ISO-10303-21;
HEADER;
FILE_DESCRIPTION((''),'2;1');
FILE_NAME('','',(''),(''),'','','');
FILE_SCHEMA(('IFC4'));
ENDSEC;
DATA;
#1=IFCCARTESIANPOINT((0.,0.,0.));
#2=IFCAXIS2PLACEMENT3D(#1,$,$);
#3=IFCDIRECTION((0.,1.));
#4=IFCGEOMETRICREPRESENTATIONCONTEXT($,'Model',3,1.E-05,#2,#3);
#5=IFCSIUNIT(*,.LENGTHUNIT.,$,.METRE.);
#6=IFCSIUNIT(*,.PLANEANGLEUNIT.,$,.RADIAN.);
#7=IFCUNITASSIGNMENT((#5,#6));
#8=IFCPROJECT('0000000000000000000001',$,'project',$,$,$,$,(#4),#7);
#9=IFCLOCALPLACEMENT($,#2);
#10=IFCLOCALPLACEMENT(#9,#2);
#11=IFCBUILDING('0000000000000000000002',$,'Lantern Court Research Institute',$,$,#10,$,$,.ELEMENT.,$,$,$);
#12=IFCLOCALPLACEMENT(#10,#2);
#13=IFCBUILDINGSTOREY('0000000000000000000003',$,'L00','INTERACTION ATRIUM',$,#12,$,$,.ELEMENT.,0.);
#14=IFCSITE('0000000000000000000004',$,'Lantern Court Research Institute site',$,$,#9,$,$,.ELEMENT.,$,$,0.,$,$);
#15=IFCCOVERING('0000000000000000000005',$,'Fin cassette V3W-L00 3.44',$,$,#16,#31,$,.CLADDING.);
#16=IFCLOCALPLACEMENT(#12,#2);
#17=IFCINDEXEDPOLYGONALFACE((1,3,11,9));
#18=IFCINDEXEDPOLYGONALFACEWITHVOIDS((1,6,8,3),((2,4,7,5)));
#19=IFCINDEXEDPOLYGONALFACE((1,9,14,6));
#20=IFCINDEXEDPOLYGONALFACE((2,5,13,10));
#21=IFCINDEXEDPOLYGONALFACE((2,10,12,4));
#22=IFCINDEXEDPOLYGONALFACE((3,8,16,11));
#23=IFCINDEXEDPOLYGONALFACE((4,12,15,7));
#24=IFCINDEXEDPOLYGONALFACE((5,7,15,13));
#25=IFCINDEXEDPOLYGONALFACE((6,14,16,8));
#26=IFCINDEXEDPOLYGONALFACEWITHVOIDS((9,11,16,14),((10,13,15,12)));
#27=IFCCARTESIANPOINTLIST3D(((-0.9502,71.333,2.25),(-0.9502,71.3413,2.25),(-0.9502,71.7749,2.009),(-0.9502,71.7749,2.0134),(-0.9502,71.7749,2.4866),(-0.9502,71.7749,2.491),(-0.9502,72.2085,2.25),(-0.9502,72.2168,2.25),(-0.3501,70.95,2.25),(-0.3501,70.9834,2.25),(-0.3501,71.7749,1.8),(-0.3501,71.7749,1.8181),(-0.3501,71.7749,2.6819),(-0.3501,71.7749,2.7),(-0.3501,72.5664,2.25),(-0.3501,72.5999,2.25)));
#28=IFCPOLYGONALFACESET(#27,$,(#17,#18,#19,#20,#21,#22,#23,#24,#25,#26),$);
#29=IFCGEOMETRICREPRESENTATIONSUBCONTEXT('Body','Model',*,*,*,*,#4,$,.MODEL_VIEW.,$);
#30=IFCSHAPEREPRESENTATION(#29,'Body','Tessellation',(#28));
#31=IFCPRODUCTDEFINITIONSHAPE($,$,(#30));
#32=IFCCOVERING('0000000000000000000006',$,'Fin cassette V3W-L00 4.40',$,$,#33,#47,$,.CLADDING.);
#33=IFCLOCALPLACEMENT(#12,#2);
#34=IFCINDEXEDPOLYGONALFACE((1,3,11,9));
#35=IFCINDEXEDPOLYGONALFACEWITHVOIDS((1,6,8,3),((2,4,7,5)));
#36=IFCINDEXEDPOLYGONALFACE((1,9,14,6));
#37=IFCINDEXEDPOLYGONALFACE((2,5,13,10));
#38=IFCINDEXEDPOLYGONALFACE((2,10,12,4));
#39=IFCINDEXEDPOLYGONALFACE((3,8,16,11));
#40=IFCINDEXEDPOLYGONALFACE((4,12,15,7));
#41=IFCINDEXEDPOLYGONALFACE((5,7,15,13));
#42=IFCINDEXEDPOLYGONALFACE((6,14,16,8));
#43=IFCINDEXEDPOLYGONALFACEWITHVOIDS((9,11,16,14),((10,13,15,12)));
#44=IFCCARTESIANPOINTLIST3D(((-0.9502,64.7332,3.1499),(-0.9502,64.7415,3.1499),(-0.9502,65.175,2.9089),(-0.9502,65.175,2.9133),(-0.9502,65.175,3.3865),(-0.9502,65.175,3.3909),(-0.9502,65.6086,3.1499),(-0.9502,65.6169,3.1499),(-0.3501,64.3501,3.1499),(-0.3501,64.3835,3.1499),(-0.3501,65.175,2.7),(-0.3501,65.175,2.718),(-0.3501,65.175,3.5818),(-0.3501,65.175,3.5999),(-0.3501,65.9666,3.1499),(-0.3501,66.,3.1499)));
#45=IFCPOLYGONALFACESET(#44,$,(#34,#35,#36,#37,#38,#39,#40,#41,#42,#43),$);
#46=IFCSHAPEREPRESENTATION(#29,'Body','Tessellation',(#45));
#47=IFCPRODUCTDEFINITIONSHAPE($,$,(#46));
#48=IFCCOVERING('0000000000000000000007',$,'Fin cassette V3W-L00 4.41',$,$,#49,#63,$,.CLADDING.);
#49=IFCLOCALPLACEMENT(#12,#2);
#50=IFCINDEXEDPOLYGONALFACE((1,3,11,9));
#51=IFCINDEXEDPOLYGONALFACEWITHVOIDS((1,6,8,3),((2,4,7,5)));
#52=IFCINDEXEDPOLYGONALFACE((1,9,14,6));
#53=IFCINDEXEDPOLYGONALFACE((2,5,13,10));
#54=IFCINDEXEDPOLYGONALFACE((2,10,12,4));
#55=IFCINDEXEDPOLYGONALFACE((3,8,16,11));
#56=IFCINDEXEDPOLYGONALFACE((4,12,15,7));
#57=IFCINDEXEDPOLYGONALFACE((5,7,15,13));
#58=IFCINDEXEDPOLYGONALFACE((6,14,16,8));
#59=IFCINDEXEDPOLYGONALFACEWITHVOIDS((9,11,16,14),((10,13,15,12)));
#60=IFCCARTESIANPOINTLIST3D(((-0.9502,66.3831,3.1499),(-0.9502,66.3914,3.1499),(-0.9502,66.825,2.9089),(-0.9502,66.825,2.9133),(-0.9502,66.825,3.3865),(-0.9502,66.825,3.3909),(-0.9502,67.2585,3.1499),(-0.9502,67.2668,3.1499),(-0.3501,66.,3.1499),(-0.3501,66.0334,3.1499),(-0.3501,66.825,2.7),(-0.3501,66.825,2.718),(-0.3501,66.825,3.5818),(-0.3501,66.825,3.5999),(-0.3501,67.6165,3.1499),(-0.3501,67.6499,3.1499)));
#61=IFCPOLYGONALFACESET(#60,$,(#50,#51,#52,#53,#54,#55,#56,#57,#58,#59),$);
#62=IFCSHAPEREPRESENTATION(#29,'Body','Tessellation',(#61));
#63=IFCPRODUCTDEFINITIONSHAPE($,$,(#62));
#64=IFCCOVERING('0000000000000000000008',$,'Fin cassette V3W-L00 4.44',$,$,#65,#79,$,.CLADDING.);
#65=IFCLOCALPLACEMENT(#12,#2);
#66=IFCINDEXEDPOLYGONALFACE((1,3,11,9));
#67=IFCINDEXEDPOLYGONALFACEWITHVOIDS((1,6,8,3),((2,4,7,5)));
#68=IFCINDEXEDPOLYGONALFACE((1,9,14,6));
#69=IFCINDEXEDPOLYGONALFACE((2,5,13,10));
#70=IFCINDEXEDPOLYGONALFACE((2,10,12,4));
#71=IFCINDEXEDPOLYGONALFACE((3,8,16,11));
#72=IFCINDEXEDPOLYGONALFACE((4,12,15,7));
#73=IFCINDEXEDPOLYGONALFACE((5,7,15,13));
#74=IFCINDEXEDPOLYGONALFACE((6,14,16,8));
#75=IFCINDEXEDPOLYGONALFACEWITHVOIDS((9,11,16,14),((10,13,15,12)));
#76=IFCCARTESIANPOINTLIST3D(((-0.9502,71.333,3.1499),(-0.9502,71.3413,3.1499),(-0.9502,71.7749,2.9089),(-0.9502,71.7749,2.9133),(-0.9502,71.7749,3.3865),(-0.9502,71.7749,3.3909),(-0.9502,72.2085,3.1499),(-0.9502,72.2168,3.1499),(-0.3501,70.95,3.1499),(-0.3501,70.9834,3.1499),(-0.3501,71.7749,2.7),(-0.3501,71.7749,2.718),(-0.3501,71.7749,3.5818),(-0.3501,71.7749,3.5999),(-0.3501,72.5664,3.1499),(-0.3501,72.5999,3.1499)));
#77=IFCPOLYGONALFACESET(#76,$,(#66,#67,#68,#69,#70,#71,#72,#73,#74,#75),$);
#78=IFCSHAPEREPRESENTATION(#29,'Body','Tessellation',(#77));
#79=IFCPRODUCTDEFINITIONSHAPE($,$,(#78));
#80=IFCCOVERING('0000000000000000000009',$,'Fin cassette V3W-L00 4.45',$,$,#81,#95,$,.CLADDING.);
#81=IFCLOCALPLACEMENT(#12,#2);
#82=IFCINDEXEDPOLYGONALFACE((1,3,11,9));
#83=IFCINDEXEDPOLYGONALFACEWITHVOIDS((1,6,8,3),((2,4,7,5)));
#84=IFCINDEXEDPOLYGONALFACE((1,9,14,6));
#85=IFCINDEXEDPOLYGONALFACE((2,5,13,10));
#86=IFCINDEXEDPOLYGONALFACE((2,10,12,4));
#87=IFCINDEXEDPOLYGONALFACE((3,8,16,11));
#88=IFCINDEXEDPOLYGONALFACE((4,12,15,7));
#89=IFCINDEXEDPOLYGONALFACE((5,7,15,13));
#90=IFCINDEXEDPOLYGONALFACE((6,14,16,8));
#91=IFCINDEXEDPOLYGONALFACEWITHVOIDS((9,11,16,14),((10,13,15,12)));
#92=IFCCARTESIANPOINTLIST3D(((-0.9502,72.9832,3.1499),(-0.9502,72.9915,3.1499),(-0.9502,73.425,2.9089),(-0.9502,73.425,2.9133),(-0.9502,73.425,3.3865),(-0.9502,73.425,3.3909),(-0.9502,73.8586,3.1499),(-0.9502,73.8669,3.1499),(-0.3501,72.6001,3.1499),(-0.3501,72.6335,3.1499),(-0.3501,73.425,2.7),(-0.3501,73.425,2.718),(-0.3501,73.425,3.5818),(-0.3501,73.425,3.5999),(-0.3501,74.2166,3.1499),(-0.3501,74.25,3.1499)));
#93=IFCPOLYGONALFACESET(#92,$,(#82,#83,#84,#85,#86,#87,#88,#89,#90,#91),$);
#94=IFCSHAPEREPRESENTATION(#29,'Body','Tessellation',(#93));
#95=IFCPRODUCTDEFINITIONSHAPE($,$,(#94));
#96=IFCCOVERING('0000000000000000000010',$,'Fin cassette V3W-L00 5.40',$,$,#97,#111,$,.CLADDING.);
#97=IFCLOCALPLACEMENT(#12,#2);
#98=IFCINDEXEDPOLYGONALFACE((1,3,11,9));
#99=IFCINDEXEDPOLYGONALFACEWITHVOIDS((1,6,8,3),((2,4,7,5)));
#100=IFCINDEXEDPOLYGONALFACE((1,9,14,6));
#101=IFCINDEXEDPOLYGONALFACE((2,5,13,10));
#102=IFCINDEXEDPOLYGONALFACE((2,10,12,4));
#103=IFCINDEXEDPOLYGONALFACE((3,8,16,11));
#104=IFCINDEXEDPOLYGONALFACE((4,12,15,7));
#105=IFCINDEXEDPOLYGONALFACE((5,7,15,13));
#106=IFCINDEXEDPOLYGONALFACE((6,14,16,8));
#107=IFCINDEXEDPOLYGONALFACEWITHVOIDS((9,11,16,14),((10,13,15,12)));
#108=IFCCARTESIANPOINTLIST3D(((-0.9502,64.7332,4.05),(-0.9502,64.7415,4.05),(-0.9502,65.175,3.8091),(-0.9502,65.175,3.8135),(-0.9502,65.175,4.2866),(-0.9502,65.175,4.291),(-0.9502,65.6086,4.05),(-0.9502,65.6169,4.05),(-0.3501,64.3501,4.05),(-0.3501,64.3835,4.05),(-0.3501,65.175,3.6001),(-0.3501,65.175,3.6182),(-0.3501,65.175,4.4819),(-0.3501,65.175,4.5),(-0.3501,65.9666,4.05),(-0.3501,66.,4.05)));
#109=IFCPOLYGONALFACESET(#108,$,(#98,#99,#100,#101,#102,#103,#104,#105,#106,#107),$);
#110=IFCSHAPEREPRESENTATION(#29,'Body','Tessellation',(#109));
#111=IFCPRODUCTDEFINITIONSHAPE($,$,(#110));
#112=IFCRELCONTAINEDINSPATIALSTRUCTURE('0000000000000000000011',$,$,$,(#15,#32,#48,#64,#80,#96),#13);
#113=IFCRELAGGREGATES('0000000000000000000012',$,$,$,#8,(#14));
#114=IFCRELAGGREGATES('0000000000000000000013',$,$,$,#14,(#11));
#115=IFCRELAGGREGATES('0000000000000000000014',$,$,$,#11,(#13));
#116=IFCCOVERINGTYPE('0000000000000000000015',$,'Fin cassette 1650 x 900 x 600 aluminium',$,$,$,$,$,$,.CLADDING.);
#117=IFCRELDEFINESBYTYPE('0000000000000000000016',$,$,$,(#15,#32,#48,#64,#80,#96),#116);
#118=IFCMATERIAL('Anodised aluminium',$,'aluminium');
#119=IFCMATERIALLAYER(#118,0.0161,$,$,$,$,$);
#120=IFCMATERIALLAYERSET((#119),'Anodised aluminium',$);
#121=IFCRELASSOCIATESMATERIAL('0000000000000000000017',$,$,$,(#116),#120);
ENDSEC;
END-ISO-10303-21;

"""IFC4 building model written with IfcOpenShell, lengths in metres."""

from ifc_helpers import new_model, entity, si_unit, direction, frame, origin, place, context, subcontext, project, spatial, material, layer, layer_set, type_object, element, save


model = new_model("IFC4")

# Units and contexts
model_context = context("Model", 3, precision=1e-05, world=origin(), true_north=direction((0.0, 1.0)))
body_context = subcontext(model_context, "Body", "Model", "MODEL_VIEW")
ifc_project = project(units=[si_unit("LENGTHUNIT", "METRE"), si_unit("PLANEANGLEUNIT", "RADIAN")], contexts=[model_context])

# Site, building, storey
site_placement = place(None, origin())
site = spatial("IfcSite", under=ifc_project, at=site_placement, Name="Lantern Court Research Institute site", CompositionType="ELEMENT", RefElevation=0.0)
building_placement = place(site_placement, origin())
building = spatial("IfcBuilding", under=site, at=building_placement, Name="Lantern Court Research Institute", CompositionType="ELEMENT")
storey_placement = place(building_placement, origin())
storey = spatial("IfcBuildingStorey", under=building, at=storey_placement, Name="L00", Description="INTERACTION ATRIUM", CompositionType="ELEMENT", Elevation=0.0)

# Coverings
ifc_material_1 = material(Name="Anodised aluminium", Category="aluminium")
ifc_layer_1 = layer(ifc_material_1, 0.0161)
ifc_layer_set_1 = layer_set([ifc_layer_1], Name="Anodised aluminium")
covering_type_1 = type_object("IfcCoveringType", Name="Fin cassette 1650 x 900 x 600 aluminium", PredefinedType="CLADDING", material=ifc_layer_set_1)
covering_1_placement = place(storey_placement, frame((-0.3501, 71.7749, 2.25), z_axis=(-1.0, 0.0, 0.0), x_axis=(0.0, -1.0, 0.0)))
cartesian_point_1 = entity("IfcCartesianPoint", [0.825, 0.0])
cartesian_point_2 = entity("IfcCartesianPoint", [0.7915, 0.0])
cartesian_point_3 = entity("IfcCartesianPoint", [0.4419, 0.0])
cartesian_point_4 = entity("IfcCartesianPoint", [0.4336, 0.0])
element("IfcCovering", 1, at=covering_1_placement, inside=storey, type_object=covering_type_1, Name="Fin cassette V3W-L00 3.44", PredefinedType="CLADDING", context=body_context, shape_type="SweptSolid", body=[
    entity("IfcExtrudedAreaSolidTapered", entity("IfcArbitraryProfileDefWithVoids", "AREA", None, entity("IfcPolyline", [cartesian_point_1, entity("IfcCartesianPoint", [0.0, 0.45]), entity("IfcCartesianPoint", [-0.825, 0.0]), entity("IfcCartesianPoint", [0.0, -0.45]), cartesian_point_1]), [entity("IfcPolyline", [cartesian_point_2, entity("IfcCartesianPoint", [0.0, 0.4319]), entity("IfcCartesianPoint", [-0.7915, 0.0]), entity("IfcCartesianPoint", [0.0, -0.4319]), cartesian_point_2])]), entity("IfcAxis2Placement3D", entity("IfcCartesianPoint", [0.0, 0.0, 0.0])), entity("IfcDirection", [0.0, 0.0, 1.0]), 0.6001, entity("IfcArbitraryProfileDefWithVoids", "AREA", None, entity("IfcPolyline", [cartesian_point_3, entity("IfcCartesianPoint", [0.0, 0.241]), entity("IfcCartesianPoint", [-0.4419, 0.0]), entity("IfcCartesianPoint", [0.0, -0.241]), cartesian_point_3]), [entity("IfcPolyline", [cartesian_point_4, entity("IfcCartesianPoint", [0.0, 0.2366]), entity("IfcCartesianPoint", [-0.4336, 0.0]), entity("IfcCartesianPoint", [0.0, -0.2366]), cartesian_point_4])])),
])
covering_2_placement = place(storey_placement, frame((-0.3501, 65.175, 3.1499), z_axis=(-1.0, 0.0, 0.0), x_axis=(0.0, -1.0, 0.0)))
cartesian_point_5 = entity("IfcCartesianPoint", [0.825, 0.0])
cartesian_point_6 = entity("IfcCartesianPoint", [0.7915, 0.0])
cartesian_point_7 = entity("IfcCartesianPoint", [0.4419, 0.0])
cartesian_point_8 = entity("IfcCartesianPoint", [0.4336, 0.0])
element("IfcCovering", 2, at=covering_2_placement, inside=storey, type_object=covering_type_1, Name="Fin cassette V3W-L00 4.40", PredefinedType="CLADDING", context=body_context, shape_type="SweptSolid", body=[
    entity("IfcExtrudedAreaSolidTapered", entity("IfcArbitraryProfileDefWithVoids", "AREA", None, entity("IfcPolyline", [cartesian_point_5, entity("IfcCartesianPoint", [0.0, 0.45]), entity("IfcCartesianPoint", [-0.825, 0.0]), entity("IfcCartesianPoint", [0.0, -0.45]), cartesian_point_5]), [entity("IfcPolyline", [cartesian_point_6, entity("IfcCartesianPoint", [0.0, 0.4319]), entity("IfcCartesianPoint", [-0.7915, 0.0]), entity("IfcCartesianPoint", [0.0, -0.4319]), cartesian_point_6])]), entity("IfcAxis2Placement3D", entity("IfcCartesianPoint", [0.0, 0.0, 0.0])), entity("IfcDirection", [0.0, 0.0, 1.0]), 0.6001, entity("IfcArbitraryProfileDefWithVoids", "AREA", None, entity("IfcPolyline", [cartesian_point_7, entity("IfcCartesianPoint", [0.0, 0.241]), entity("IfcCartesianPoint", [-0.4419, 0.0]), entity("IfcCartesianPoint", [0.0, -0.241]), cartesian_point_7]), [entity("IfcPolyline", [cartesian_point_8, entity("IfcCartesianPoint", [0.0, 0.2366]), entity("IfcCartesianPoint", [-0.4336, 0.0]), entity("IfcCartesianPoint", [0.0, -0.2366]), cartesian_point_8])])),
])
covering_3_placement = place(storey_placement, frame((-0.3501, 66.825, 3.1499), z_axis=(-1.0, 0.0, 0.0), x_axis=(0.0, -1.0, 0.0)))
cartesian_point_9 = entity("IfcCartesianPoint", [0.825, 0.0])
cartesian_point_10 = entity("IfcCartesianPoint", [0.7915, 0.0])
cartesian_point_11 = entity("IfcCartesianPoint", [0.4419, 0.0])
cartesian_point_12 = entity("IfcCartesianPoint", [0.4336, 0.0])
element("IfcCovering", 3, at=covering_3_placement, inside=storey, type_object=covering_type_1, Name="Fin cassette V3W-L00 4.41", PredefinedType="CLADDING", context=body_context, shape_type="SweptSolid", body=[
    entity("IfcExtrudedAreaSolidTapered", entity("IfcArbitraryProfileDefWithVoids", "AREA", None, entity("IfcPolyline", [cartesian_point_9, entity("IfcCartesianPoint", [0.0, 0.45]), entity("IfcCartesianPoint", [-0.825, 0.0]), entity("IfcCartesianPoint", [0.0, -0.45]), cartesian_point_9]), [entity("IfcPolyline", [cartesian_point_10, entity("IfcCartesianPoint", [0.0, 0.4319]), entity("IfcCartesianPoint", [-0.7915, 0.0]), entity("IfcCartesianPoint", [0.0, -0.4319]), cartesian_point_10])]), entity("IfcAxis2Placement3D", entity("IfcCartesianPoint", [0.0, 0.0, 0.0])), entity("IfcDirection", [0.0, 0.0, 1.0]), 0.6001, entity("IfcArbitraryProfileDefWithVoids", "AREA", None, entity("IfcPolyline", [cartesian_point_11, entity("IfcCartesianPoint", [0.0, 0.241]), entity("IfcCartesianPoint", [-0.4419, 0.0]), entity("IfcCartesianPoint", [0.0, -0.241]), cartesian_point_11]), [entity("IfcPolyline", [cartesian_point_12, entity("IfcCartesianPoint", [0.0, 0.2366]), entity("IfcCartesianPoint", [-0.4336, 0.0]), entity("IfcCartesianPoint", [0.0, -0.2366]), cartesian_point_12])])),
])
covering_4_placement = place(storey_placement, frame((-0.3501, 71.7749, 3.1499), z_axis=(-1.0, 0.0, 0.0), x_axis=(0.0, -1.0, 0.0)))
cartesian_point_13 = entity("IfcCartesianPoint", [0.825, 0.0])
cartesian_point_14 = entity("IfcCartesianPoint", [0.7915, 0.0])
cartesian_point_15 = entity("IfcCartesianPoint", [0.4419, 0.0])
cartesian_point_16 = entity("IfcCartesianPoint", [0.4336, 0.0])
element("IfcCovering", 4, at=covering_4_placement, inside=storey, type_object=covering_type_1, Name="Fin cassette V3W-L00 4.44", PredefinedType="CLADDING", context=body_context, shape_type="SweptSolid", body=[
    entity("IfcExtrudedAreaSolidTapered", entity("IfcArbitraryProfileDefWithVoids", "AREA", None, entity("IfcPolyline", [cartesian_point_13, entity("IfcCartesianPoint", [0.0, 0.45]), entity("IfcCartesianPoint", [-0.825, 0.0]), entity("IfcCartesianPoint", [0.0, -0.45]), cartesian_point_13]), [entity("IfcPolyline", [cartesian_point_14, entity("IfcCartesianPoint", [0.0, 0.4319]), entity("IfcCartesianPoint", [-0.7915, 0.0]), entity("IfcCartesianPoint", [0.0, -0.4319]), cartesian_point_14])]), entity("IfcAxis2Placement3D", entity("IfcCartesianPoint", [0.0, 0.0, 0.0])), entity("IfcDirection", [0.0, 0.0, 1.0]), 0.6001, entity("IfcArbitraryProfileDefWithVoids", "AREA", None, entity("IfcPolyline", [cartesian_point_15, entity("IfcCartesianPoint", [0.0, 0.241]), entity("IfcCartesianPoint", [-0.4419, 0.0]), entity("IfcCartesianPoint", [0.0, -0.241]), cartesian_point_15]), [entity("IfcPolyline", [cartesian_point_16, entity("IfcCartesianPoint", [0.0, 0.2366]), entity("IfcCartesianPoint", [-0.4336, 0.0]), entity("IfcCartesianPoint", [0.0, -0.2366]), cartesian_point_16])])),
])
covering_5_placement = place(storey_placement, frame((-0.3501, 73.425, 3.1499), z_axis=(-1.0, 0.0, 0.0), x_axis=(0.0, -1.0, 0.0)))
cartesian_point_17 = entity("IfcCartesianPoint", [0.825, 0.0])
cartesian_point_18 = entity("IfcCartesianPoint", [0.7915, 0.0])
cartesian_point_19 = entity("IfcCartesianPoint", [0.4419, 0.0])
cartesian_point_20 = entity("IfcCartesianPoint", [0.4336, 0.0])
element("IfcCovering", 5, at=covering_5_placement, inside=storey, type_object=covering_type_1, Name="Fin cassette V3W-L00 4.45", PredefinedType="CLADDING", context=body_context, shape_type="SweptSolid", body=[
    entity("IfcExtrudedAreaSolidTapered", entity("IfcArbitraryProfileDefWithVoids", "AREA", None, entity("IfcPolyline", [cartesian_point_17, entity("IfcCartesianPoint", [0.0, 0.45]), entity("IfcCartesianPoint", [-0.825, 0.0]), entity("IfcCartesianPoint", [0.0, -0.45]), cartesian_point_17]), [entity("IfcPolyline", [cartesian_point_18, entity("IfcCartesianPoint", [0.0, 0.4319]), entity("IfcCartesianPoint", [-0.7915, 0.0]), entity("IfcCartesianPoint", [0.0, -0.4319]), cartesian_point_18])]), entity("IfcAxis2Placement3D", entity("IfcCartesianPoint", [0.0, 0.0, 0.0])), entity("IfcDirection", [0.0, 0.0, 1.0]), 0.6001, entity("IfcArbitraryProfileDefWithVoids", "AREA", None, entity("IfcPolyline", [cartesian_point_19, entity("IfcCartesianPoint", [0.0, 0.241]), entity("IfcCartesianPoint", [-0.4419, 0.0]), entity("IfcCartesianPoint", [0.0, -0.241]), cartesian_point_19]), [entity("IfcPolyline", [cartesian_point_20, entity("IfcCartesianPoint", [0.0, 0.2366]), entity("IfcCartesianPoint", [-0.4336, 0.0]), entity("IfcCartesianPoint", [0.0, -0.2366]), cartesian_point_20])])),
])
covering_6_placement = place(storey_placement, frame((-0.3501, 65.175, 4.05), z_axis=(-1.0, 0.0, 0.0), x_axis=(0.0, -1.0, 0.0)))
cartesian_point_21 = entity("IfcCartesianPoint", [0.825, 0.0])
cartesian_point_22 = entity("IfcCartesianPoint", [0.7915, 0.0])
cartesian_point_23 = entity("IfcCartesianPoint", [0.4419, 0.0])
cartesian_point_24 = entity("IfcCartesianPoint", [0.4336, 0.0])
element("IfcCovering", 6, at=covering_6_placement, inside=storey, type_object=covering_type_1, Name="Fin cassette V3W-L00 5.40", PredefinedType="CLADDING", context=body_context, shape_type="SweptSolid", body=[
    entity("IfcExtrudedAreaSolidTapered", entity("IfcArbitraryProfileDefWithVoids", "AREA", None, entity("IfcPolyline", [cartesian_point_21, entity("IfcCartesianPoint", [0.0, 0.45]), entity("IfcCartesianPoint", [-0.825, 0.0]), entity("IfcCartesianPoint", [0.0, -0.45]), cartesian_point_21]), [entity("IfcPolyline", [cartesian_point_22, entity("IfcCartesianPoint", [0.0, 0.4319]), entity("IfcCartesianPoint", [-0.7915, 0.0]), entity("IfcCartesianPoint", [0.0, -0.4319]), cartesian_point_22])]), entity("IfcAxis2Placement3D", entity("IfcCartesianPoint", [0.0, 0.0, 0.0])), entity("IfcDirection", [0.0, 0.0, 1.0]), 0.6001, entity("IfcArbitraryProfileDefWithVoids", "AREA", None, entity("IfcPolyline", [cartesian_point_23, entity("IfcCartesianPoint", [0.0, 0.241]), entity("IfcCartesianPoint", [-0.4419, 0.0]), entity("IfcCartesianPoint", [0.0, -0.241]), cartesian_point_23]), [entity("IfcPolyline", [cartesian_point_24, entity("IfcCartesianPoint", [0.0, 0.2366]), entity("IfcCartesianPoint", [-0.4336, 0.0]), entity("IfcCartesianPoint", [0.0, -0.2366]), cartesian_point_24])])),
])

save(model, "model.ifc")
